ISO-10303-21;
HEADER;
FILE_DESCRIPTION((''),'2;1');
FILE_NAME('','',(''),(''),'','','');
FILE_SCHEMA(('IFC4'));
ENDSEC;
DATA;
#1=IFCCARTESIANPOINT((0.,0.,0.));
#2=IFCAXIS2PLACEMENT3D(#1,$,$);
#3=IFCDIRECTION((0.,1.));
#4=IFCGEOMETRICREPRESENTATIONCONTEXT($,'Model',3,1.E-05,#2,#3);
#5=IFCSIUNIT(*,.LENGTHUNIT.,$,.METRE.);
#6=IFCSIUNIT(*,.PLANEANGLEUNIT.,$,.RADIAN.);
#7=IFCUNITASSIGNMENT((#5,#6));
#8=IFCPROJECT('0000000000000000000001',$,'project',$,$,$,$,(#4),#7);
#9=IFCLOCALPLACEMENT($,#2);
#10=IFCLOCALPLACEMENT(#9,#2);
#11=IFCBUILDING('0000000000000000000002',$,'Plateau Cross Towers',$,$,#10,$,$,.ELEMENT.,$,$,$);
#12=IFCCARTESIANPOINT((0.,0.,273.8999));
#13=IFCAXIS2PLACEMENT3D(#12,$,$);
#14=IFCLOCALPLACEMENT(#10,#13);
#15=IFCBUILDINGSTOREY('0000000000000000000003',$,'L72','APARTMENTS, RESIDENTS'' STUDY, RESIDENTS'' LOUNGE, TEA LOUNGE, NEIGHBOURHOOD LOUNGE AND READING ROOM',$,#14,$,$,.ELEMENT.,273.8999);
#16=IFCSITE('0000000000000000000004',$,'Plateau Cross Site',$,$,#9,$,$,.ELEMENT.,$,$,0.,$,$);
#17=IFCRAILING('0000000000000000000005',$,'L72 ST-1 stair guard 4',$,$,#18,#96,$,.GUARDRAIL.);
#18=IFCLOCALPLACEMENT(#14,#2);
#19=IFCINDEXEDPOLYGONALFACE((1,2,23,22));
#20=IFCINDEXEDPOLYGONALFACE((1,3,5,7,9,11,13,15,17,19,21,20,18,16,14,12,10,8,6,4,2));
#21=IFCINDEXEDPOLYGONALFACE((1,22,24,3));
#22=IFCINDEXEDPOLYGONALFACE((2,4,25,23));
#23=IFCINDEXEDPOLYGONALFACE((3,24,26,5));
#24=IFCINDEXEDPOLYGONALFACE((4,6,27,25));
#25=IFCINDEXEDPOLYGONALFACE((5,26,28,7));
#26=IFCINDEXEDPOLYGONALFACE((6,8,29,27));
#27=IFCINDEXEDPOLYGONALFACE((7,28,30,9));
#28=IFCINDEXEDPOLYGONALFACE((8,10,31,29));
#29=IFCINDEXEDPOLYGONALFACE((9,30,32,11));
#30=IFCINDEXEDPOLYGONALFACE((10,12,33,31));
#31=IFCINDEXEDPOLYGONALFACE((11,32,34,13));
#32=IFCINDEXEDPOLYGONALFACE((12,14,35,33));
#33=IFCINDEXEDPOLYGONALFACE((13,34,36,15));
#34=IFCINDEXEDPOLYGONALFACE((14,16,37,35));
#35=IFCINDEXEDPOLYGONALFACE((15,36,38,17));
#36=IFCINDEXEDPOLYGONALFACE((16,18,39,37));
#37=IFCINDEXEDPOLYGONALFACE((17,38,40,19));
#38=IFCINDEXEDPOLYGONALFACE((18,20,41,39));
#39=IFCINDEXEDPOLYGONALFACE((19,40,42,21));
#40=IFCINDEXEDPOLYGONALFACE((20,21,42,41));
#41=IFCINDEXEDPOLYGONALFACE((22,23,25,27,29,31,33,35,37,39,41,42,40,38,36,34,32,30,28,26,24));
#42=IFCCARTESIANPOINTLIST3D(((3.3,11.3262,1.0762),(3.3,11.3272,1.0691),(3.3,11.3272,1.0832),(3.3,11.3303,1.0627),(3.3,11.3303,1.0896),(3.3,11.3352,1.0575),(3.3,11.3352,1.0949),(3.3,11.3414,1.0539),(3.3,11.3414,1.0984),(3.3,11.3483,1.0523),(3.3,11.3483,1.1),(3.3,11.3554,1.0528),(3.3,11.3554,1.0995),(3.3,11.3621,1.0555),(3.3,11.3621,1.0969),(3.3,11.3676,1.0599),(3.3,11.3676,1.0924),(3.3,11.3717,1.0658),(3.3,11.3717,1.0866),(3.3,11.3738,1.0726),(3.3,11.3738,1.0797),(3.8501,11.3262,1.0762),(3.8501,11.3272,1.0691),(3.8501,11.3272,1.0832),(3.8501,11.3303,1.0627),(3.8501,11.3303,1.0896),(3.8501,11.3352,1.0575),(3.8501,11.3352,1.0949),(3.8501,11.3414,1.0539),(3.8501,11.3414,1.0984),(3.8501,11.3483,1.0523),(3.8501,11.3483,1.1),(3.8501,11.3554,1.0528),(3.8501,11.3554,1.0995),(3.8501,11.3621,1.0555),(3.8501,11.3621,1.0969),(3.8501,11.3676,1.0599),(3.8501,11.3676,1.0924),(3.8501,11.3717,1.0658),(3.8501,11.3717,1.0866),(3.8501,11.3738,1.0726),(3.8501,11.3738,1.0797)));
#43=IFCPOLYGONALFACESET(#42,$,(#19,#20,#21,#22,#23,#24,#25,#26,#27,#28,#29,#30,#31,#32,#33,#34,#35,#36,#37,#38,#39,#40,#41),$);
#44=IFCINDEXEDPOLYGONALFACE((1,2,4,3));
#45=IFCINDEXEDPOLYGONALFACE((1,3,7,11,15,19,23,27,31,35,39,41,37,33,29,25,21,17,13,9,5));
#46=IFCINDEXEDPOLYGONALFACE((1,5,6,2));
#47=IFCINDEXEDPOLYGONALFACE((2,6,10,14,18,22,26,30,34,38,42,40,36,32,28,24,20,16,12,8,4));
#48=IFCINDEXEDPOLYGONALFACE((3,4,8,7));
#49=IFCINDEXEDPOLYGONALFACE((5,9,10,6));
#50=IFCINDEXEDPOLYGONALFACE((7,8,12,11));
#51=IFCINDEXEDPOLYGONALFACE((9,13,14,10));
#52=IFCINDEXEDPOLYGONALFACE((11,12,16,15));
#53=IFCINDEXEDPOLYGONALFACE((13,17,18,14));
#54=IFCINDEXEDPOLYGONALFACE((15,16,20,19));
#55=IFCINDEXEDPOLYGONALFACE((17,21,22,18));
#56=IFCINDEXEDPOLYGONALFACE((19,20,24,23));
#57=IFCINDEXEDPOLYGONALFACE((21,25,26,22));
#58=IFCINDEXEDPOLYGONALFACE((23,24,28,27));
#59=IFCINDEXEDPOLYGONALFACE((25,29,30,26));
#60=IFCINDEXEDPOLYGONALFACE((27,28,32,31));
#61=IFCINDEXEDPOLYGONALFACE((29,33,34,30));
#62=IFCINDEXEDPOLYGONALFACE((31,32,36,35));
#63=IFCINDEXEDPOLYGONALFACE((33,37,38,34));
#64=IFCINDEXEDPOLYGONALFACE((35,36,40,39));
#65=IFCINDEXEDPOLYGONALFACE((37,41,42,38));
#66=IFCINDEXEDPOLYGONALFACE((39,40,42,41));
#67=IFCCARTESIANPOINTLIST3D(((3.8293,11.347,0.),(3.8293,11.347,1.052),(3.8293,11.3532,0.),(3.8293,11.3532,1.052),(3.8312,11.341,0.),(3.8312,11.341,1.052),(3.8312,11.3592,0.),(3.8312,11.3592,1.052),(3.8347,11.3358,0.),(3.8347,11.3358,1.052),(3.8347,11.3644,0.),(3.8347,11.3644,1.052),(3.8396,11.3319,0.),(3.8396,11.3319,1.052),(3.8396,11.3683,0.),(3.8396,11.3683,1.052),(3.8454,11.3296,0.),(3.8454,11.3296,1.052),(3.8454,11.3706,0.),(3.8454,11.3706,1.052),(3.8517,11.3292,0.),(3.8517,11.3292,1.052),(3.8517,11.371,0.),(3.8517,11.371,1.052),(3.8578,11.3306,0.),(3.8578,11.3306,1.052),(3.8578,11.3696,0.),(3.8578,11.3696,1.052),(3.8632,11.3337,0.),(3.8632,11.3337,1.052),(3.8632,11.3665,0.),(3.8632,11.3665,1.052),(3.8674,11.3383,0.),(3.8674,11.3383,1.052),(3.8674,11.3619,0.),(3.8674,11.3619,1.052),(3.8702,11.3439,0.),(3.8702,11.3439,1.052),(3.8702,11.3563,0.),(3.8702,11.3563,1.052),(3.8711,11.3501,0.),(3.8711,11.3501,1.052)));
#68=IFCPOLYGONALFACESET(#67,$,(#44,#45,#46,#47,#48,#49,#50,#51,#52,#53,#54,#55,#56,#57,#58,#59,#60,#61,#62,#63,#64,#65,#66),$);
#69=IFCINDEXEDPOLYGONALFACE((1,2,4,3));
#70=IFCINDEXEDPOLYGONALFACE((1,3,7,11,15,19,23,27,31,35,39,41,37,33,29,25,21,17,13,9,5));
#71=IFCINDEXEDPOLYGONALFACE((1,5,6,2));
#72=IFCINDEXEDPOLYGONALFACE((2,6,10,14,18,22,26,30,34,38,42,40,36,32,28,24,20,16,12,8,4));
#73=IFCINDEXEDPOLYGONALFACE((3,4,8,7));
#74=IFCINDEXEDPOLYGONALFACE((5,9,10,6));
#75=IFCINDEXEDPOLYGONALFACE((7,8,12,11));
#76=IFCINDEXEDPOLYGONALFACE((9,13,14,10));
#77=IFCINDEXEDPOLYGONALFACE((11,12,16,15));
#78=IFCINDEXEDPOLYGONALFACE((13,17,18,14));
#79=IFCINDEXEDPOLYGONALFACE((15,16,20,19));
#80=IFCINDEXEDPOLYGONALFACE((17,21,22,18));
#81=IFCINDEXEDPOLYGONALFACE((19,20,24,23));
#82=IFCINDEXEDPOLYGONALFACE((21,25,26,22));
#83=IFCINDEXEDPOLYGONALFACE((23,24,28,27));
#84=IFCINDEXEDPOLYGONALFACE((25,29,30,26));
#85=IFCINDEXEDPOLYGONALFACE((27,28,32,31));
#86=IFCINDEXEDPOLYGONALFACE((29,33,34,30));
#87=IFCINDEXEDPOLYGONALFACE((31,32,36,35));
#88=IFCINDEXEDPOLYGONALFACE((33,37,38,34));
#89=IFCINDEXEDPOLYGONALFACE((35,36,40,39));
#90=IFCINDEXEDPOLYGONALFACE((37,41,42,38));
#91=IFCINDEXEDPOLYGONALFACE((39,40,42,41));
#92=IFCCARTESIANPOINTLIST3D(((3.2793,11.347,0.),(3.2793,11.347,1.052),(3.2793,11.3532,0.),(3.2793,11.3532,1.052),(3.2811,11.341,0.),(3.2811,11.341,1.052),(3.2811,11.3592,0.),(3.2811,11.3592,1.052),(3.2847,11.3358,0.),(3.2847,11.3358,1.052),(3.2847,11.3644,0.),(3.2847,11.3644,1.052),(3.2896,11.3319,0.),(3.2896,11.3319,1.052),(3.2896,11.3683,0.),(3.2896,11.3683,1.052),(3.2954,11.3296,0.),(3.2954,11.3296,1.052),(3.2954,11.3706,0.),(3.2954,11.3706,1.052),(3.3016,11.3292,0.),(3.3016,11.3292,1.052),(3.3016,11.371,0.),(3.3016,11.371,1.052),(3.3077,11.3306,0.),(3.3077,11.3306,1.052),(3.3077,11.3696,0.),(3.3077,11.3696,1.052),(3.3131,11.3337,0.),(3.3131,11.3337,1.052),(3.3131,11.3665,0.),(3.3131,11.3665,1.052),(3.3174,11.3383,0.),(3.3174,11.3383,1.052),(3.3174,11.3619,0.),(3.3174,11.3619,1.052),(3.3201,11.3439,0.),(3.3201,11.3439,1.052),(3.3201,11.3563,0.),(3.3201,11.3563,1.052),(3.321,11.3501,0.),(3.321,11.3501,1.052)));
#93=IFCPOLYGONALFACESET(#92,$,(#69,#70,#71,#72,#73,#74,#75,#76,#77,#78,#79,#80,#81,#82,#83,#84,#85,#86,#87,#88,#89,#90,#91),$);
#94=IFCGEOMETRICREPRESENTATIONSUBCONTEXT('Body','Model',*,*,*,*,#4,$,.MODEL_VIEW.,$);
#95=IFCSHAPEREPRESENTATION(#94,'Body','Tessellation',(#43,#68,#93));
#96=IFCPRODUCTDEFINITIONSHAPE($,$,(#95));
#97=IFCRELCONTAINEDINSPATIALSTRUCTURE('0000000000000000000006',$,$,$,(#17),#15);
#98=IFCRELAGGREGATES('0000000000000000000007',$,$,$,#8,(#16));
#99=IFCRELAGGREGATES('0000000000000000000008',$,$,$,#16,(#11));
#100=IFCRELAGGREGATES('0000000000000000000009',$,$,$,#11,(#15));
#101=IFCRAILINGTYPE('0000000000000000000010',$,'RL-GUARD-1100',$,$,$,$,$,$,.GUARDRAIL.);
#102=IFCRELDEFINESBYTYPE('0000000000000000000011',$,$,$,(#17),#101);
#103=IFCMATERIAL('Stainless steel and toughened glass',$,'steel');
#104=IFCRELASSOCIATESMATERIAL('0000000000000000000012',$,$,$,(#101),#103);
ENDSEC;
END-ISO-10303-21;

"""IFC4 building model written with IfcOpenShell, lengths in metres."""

from ifc_helpers import new_model, si_unit, direction, frame, origin, origin_2d, place, context, subcontext, project, spatial, circle, extrude, material, type_object, element, save


model = new_model("IFC4")

# Units and contexts
model_context = context("Model", 3, precision=1e-05, world=origin(), true_north=direction((0.0, 1.0)))
body_context = subcontext(model_context, "Body", "Model", "MODEL_VIEW")
ifc_project = project(units=[si_unit("LENGTHUNIT", "METRE"), si_unit("PLANEANGLEUNIT", "RADIAN")], contexts=[model_context])

# Site, building, storey
site_placement = place(None, origin())
site = spatial("IfcSite", under=ifc_project, at=site_placement, Name="Plateau Cross Site", CompositionType="ELEMENT", RefElevation=0.0)
building_placement = place(site_placement, origin())
building = spatial("IfcBuilding", under=site, at=building_placement, Name="Plateau Cross Towers", CompositionType="ELEMENT")
storey_placement = place(building_placement, frame((0.0, 0.0, 273.8999)))
storey = spatial("IfcBuildingStorey", under=building, at=storey_placement, Name="L72", Description="APARTMENTS, RESIDENTS' STUDY, RESIDENTS' LOUNGE, TEA LOUNGE, NEIGHBOURHOOD LOUNGE AND READING ROOM", CompositionType="ELEMENT", Elevation=273.8999)

# Railing
ifc_material_1 = material(Name="Stainless steel and toughened glass", Category="steel")
railing_type_1 = type_object("IfcRailingType", Name="RL-GUARD-1100", PredefinedType="GUARDRAIL", material=ifc_material_1)
railing_1_placement = place(storey_placement, frame((3.8501, 11.3501, 0.0)))
element("IfcRailing", 1, at=railing_1_placement, inside=storey, type_object=railing_type_1, Name="L72 ST-1 stair guard 4", PredefinedType="GUARDRAIL", context=body_context, shape_type="SweptSolid", body=[
    extrude(circle(Radius=0.0239, at=origin_2d()), frame((0.0, 0.0, 1.0762), z_axis=(-1.0, 0.0, 0.0), x_axis=(0.0, -1.0, 0.0)), (0.0, 0.0, 1.0), 0.55),
    extrude(circle(Radius=0.021, at=origin_2d()), origin(), (0.0, 0.0, 1.0), 1.052),
    extrude(circle(Radius=0.021, at=origin_2d()), frame((-0.55, 0.0, 0.0)), (0.0, 0.0, 1.0), 1.052),
])

save(model, "model.ifc")
